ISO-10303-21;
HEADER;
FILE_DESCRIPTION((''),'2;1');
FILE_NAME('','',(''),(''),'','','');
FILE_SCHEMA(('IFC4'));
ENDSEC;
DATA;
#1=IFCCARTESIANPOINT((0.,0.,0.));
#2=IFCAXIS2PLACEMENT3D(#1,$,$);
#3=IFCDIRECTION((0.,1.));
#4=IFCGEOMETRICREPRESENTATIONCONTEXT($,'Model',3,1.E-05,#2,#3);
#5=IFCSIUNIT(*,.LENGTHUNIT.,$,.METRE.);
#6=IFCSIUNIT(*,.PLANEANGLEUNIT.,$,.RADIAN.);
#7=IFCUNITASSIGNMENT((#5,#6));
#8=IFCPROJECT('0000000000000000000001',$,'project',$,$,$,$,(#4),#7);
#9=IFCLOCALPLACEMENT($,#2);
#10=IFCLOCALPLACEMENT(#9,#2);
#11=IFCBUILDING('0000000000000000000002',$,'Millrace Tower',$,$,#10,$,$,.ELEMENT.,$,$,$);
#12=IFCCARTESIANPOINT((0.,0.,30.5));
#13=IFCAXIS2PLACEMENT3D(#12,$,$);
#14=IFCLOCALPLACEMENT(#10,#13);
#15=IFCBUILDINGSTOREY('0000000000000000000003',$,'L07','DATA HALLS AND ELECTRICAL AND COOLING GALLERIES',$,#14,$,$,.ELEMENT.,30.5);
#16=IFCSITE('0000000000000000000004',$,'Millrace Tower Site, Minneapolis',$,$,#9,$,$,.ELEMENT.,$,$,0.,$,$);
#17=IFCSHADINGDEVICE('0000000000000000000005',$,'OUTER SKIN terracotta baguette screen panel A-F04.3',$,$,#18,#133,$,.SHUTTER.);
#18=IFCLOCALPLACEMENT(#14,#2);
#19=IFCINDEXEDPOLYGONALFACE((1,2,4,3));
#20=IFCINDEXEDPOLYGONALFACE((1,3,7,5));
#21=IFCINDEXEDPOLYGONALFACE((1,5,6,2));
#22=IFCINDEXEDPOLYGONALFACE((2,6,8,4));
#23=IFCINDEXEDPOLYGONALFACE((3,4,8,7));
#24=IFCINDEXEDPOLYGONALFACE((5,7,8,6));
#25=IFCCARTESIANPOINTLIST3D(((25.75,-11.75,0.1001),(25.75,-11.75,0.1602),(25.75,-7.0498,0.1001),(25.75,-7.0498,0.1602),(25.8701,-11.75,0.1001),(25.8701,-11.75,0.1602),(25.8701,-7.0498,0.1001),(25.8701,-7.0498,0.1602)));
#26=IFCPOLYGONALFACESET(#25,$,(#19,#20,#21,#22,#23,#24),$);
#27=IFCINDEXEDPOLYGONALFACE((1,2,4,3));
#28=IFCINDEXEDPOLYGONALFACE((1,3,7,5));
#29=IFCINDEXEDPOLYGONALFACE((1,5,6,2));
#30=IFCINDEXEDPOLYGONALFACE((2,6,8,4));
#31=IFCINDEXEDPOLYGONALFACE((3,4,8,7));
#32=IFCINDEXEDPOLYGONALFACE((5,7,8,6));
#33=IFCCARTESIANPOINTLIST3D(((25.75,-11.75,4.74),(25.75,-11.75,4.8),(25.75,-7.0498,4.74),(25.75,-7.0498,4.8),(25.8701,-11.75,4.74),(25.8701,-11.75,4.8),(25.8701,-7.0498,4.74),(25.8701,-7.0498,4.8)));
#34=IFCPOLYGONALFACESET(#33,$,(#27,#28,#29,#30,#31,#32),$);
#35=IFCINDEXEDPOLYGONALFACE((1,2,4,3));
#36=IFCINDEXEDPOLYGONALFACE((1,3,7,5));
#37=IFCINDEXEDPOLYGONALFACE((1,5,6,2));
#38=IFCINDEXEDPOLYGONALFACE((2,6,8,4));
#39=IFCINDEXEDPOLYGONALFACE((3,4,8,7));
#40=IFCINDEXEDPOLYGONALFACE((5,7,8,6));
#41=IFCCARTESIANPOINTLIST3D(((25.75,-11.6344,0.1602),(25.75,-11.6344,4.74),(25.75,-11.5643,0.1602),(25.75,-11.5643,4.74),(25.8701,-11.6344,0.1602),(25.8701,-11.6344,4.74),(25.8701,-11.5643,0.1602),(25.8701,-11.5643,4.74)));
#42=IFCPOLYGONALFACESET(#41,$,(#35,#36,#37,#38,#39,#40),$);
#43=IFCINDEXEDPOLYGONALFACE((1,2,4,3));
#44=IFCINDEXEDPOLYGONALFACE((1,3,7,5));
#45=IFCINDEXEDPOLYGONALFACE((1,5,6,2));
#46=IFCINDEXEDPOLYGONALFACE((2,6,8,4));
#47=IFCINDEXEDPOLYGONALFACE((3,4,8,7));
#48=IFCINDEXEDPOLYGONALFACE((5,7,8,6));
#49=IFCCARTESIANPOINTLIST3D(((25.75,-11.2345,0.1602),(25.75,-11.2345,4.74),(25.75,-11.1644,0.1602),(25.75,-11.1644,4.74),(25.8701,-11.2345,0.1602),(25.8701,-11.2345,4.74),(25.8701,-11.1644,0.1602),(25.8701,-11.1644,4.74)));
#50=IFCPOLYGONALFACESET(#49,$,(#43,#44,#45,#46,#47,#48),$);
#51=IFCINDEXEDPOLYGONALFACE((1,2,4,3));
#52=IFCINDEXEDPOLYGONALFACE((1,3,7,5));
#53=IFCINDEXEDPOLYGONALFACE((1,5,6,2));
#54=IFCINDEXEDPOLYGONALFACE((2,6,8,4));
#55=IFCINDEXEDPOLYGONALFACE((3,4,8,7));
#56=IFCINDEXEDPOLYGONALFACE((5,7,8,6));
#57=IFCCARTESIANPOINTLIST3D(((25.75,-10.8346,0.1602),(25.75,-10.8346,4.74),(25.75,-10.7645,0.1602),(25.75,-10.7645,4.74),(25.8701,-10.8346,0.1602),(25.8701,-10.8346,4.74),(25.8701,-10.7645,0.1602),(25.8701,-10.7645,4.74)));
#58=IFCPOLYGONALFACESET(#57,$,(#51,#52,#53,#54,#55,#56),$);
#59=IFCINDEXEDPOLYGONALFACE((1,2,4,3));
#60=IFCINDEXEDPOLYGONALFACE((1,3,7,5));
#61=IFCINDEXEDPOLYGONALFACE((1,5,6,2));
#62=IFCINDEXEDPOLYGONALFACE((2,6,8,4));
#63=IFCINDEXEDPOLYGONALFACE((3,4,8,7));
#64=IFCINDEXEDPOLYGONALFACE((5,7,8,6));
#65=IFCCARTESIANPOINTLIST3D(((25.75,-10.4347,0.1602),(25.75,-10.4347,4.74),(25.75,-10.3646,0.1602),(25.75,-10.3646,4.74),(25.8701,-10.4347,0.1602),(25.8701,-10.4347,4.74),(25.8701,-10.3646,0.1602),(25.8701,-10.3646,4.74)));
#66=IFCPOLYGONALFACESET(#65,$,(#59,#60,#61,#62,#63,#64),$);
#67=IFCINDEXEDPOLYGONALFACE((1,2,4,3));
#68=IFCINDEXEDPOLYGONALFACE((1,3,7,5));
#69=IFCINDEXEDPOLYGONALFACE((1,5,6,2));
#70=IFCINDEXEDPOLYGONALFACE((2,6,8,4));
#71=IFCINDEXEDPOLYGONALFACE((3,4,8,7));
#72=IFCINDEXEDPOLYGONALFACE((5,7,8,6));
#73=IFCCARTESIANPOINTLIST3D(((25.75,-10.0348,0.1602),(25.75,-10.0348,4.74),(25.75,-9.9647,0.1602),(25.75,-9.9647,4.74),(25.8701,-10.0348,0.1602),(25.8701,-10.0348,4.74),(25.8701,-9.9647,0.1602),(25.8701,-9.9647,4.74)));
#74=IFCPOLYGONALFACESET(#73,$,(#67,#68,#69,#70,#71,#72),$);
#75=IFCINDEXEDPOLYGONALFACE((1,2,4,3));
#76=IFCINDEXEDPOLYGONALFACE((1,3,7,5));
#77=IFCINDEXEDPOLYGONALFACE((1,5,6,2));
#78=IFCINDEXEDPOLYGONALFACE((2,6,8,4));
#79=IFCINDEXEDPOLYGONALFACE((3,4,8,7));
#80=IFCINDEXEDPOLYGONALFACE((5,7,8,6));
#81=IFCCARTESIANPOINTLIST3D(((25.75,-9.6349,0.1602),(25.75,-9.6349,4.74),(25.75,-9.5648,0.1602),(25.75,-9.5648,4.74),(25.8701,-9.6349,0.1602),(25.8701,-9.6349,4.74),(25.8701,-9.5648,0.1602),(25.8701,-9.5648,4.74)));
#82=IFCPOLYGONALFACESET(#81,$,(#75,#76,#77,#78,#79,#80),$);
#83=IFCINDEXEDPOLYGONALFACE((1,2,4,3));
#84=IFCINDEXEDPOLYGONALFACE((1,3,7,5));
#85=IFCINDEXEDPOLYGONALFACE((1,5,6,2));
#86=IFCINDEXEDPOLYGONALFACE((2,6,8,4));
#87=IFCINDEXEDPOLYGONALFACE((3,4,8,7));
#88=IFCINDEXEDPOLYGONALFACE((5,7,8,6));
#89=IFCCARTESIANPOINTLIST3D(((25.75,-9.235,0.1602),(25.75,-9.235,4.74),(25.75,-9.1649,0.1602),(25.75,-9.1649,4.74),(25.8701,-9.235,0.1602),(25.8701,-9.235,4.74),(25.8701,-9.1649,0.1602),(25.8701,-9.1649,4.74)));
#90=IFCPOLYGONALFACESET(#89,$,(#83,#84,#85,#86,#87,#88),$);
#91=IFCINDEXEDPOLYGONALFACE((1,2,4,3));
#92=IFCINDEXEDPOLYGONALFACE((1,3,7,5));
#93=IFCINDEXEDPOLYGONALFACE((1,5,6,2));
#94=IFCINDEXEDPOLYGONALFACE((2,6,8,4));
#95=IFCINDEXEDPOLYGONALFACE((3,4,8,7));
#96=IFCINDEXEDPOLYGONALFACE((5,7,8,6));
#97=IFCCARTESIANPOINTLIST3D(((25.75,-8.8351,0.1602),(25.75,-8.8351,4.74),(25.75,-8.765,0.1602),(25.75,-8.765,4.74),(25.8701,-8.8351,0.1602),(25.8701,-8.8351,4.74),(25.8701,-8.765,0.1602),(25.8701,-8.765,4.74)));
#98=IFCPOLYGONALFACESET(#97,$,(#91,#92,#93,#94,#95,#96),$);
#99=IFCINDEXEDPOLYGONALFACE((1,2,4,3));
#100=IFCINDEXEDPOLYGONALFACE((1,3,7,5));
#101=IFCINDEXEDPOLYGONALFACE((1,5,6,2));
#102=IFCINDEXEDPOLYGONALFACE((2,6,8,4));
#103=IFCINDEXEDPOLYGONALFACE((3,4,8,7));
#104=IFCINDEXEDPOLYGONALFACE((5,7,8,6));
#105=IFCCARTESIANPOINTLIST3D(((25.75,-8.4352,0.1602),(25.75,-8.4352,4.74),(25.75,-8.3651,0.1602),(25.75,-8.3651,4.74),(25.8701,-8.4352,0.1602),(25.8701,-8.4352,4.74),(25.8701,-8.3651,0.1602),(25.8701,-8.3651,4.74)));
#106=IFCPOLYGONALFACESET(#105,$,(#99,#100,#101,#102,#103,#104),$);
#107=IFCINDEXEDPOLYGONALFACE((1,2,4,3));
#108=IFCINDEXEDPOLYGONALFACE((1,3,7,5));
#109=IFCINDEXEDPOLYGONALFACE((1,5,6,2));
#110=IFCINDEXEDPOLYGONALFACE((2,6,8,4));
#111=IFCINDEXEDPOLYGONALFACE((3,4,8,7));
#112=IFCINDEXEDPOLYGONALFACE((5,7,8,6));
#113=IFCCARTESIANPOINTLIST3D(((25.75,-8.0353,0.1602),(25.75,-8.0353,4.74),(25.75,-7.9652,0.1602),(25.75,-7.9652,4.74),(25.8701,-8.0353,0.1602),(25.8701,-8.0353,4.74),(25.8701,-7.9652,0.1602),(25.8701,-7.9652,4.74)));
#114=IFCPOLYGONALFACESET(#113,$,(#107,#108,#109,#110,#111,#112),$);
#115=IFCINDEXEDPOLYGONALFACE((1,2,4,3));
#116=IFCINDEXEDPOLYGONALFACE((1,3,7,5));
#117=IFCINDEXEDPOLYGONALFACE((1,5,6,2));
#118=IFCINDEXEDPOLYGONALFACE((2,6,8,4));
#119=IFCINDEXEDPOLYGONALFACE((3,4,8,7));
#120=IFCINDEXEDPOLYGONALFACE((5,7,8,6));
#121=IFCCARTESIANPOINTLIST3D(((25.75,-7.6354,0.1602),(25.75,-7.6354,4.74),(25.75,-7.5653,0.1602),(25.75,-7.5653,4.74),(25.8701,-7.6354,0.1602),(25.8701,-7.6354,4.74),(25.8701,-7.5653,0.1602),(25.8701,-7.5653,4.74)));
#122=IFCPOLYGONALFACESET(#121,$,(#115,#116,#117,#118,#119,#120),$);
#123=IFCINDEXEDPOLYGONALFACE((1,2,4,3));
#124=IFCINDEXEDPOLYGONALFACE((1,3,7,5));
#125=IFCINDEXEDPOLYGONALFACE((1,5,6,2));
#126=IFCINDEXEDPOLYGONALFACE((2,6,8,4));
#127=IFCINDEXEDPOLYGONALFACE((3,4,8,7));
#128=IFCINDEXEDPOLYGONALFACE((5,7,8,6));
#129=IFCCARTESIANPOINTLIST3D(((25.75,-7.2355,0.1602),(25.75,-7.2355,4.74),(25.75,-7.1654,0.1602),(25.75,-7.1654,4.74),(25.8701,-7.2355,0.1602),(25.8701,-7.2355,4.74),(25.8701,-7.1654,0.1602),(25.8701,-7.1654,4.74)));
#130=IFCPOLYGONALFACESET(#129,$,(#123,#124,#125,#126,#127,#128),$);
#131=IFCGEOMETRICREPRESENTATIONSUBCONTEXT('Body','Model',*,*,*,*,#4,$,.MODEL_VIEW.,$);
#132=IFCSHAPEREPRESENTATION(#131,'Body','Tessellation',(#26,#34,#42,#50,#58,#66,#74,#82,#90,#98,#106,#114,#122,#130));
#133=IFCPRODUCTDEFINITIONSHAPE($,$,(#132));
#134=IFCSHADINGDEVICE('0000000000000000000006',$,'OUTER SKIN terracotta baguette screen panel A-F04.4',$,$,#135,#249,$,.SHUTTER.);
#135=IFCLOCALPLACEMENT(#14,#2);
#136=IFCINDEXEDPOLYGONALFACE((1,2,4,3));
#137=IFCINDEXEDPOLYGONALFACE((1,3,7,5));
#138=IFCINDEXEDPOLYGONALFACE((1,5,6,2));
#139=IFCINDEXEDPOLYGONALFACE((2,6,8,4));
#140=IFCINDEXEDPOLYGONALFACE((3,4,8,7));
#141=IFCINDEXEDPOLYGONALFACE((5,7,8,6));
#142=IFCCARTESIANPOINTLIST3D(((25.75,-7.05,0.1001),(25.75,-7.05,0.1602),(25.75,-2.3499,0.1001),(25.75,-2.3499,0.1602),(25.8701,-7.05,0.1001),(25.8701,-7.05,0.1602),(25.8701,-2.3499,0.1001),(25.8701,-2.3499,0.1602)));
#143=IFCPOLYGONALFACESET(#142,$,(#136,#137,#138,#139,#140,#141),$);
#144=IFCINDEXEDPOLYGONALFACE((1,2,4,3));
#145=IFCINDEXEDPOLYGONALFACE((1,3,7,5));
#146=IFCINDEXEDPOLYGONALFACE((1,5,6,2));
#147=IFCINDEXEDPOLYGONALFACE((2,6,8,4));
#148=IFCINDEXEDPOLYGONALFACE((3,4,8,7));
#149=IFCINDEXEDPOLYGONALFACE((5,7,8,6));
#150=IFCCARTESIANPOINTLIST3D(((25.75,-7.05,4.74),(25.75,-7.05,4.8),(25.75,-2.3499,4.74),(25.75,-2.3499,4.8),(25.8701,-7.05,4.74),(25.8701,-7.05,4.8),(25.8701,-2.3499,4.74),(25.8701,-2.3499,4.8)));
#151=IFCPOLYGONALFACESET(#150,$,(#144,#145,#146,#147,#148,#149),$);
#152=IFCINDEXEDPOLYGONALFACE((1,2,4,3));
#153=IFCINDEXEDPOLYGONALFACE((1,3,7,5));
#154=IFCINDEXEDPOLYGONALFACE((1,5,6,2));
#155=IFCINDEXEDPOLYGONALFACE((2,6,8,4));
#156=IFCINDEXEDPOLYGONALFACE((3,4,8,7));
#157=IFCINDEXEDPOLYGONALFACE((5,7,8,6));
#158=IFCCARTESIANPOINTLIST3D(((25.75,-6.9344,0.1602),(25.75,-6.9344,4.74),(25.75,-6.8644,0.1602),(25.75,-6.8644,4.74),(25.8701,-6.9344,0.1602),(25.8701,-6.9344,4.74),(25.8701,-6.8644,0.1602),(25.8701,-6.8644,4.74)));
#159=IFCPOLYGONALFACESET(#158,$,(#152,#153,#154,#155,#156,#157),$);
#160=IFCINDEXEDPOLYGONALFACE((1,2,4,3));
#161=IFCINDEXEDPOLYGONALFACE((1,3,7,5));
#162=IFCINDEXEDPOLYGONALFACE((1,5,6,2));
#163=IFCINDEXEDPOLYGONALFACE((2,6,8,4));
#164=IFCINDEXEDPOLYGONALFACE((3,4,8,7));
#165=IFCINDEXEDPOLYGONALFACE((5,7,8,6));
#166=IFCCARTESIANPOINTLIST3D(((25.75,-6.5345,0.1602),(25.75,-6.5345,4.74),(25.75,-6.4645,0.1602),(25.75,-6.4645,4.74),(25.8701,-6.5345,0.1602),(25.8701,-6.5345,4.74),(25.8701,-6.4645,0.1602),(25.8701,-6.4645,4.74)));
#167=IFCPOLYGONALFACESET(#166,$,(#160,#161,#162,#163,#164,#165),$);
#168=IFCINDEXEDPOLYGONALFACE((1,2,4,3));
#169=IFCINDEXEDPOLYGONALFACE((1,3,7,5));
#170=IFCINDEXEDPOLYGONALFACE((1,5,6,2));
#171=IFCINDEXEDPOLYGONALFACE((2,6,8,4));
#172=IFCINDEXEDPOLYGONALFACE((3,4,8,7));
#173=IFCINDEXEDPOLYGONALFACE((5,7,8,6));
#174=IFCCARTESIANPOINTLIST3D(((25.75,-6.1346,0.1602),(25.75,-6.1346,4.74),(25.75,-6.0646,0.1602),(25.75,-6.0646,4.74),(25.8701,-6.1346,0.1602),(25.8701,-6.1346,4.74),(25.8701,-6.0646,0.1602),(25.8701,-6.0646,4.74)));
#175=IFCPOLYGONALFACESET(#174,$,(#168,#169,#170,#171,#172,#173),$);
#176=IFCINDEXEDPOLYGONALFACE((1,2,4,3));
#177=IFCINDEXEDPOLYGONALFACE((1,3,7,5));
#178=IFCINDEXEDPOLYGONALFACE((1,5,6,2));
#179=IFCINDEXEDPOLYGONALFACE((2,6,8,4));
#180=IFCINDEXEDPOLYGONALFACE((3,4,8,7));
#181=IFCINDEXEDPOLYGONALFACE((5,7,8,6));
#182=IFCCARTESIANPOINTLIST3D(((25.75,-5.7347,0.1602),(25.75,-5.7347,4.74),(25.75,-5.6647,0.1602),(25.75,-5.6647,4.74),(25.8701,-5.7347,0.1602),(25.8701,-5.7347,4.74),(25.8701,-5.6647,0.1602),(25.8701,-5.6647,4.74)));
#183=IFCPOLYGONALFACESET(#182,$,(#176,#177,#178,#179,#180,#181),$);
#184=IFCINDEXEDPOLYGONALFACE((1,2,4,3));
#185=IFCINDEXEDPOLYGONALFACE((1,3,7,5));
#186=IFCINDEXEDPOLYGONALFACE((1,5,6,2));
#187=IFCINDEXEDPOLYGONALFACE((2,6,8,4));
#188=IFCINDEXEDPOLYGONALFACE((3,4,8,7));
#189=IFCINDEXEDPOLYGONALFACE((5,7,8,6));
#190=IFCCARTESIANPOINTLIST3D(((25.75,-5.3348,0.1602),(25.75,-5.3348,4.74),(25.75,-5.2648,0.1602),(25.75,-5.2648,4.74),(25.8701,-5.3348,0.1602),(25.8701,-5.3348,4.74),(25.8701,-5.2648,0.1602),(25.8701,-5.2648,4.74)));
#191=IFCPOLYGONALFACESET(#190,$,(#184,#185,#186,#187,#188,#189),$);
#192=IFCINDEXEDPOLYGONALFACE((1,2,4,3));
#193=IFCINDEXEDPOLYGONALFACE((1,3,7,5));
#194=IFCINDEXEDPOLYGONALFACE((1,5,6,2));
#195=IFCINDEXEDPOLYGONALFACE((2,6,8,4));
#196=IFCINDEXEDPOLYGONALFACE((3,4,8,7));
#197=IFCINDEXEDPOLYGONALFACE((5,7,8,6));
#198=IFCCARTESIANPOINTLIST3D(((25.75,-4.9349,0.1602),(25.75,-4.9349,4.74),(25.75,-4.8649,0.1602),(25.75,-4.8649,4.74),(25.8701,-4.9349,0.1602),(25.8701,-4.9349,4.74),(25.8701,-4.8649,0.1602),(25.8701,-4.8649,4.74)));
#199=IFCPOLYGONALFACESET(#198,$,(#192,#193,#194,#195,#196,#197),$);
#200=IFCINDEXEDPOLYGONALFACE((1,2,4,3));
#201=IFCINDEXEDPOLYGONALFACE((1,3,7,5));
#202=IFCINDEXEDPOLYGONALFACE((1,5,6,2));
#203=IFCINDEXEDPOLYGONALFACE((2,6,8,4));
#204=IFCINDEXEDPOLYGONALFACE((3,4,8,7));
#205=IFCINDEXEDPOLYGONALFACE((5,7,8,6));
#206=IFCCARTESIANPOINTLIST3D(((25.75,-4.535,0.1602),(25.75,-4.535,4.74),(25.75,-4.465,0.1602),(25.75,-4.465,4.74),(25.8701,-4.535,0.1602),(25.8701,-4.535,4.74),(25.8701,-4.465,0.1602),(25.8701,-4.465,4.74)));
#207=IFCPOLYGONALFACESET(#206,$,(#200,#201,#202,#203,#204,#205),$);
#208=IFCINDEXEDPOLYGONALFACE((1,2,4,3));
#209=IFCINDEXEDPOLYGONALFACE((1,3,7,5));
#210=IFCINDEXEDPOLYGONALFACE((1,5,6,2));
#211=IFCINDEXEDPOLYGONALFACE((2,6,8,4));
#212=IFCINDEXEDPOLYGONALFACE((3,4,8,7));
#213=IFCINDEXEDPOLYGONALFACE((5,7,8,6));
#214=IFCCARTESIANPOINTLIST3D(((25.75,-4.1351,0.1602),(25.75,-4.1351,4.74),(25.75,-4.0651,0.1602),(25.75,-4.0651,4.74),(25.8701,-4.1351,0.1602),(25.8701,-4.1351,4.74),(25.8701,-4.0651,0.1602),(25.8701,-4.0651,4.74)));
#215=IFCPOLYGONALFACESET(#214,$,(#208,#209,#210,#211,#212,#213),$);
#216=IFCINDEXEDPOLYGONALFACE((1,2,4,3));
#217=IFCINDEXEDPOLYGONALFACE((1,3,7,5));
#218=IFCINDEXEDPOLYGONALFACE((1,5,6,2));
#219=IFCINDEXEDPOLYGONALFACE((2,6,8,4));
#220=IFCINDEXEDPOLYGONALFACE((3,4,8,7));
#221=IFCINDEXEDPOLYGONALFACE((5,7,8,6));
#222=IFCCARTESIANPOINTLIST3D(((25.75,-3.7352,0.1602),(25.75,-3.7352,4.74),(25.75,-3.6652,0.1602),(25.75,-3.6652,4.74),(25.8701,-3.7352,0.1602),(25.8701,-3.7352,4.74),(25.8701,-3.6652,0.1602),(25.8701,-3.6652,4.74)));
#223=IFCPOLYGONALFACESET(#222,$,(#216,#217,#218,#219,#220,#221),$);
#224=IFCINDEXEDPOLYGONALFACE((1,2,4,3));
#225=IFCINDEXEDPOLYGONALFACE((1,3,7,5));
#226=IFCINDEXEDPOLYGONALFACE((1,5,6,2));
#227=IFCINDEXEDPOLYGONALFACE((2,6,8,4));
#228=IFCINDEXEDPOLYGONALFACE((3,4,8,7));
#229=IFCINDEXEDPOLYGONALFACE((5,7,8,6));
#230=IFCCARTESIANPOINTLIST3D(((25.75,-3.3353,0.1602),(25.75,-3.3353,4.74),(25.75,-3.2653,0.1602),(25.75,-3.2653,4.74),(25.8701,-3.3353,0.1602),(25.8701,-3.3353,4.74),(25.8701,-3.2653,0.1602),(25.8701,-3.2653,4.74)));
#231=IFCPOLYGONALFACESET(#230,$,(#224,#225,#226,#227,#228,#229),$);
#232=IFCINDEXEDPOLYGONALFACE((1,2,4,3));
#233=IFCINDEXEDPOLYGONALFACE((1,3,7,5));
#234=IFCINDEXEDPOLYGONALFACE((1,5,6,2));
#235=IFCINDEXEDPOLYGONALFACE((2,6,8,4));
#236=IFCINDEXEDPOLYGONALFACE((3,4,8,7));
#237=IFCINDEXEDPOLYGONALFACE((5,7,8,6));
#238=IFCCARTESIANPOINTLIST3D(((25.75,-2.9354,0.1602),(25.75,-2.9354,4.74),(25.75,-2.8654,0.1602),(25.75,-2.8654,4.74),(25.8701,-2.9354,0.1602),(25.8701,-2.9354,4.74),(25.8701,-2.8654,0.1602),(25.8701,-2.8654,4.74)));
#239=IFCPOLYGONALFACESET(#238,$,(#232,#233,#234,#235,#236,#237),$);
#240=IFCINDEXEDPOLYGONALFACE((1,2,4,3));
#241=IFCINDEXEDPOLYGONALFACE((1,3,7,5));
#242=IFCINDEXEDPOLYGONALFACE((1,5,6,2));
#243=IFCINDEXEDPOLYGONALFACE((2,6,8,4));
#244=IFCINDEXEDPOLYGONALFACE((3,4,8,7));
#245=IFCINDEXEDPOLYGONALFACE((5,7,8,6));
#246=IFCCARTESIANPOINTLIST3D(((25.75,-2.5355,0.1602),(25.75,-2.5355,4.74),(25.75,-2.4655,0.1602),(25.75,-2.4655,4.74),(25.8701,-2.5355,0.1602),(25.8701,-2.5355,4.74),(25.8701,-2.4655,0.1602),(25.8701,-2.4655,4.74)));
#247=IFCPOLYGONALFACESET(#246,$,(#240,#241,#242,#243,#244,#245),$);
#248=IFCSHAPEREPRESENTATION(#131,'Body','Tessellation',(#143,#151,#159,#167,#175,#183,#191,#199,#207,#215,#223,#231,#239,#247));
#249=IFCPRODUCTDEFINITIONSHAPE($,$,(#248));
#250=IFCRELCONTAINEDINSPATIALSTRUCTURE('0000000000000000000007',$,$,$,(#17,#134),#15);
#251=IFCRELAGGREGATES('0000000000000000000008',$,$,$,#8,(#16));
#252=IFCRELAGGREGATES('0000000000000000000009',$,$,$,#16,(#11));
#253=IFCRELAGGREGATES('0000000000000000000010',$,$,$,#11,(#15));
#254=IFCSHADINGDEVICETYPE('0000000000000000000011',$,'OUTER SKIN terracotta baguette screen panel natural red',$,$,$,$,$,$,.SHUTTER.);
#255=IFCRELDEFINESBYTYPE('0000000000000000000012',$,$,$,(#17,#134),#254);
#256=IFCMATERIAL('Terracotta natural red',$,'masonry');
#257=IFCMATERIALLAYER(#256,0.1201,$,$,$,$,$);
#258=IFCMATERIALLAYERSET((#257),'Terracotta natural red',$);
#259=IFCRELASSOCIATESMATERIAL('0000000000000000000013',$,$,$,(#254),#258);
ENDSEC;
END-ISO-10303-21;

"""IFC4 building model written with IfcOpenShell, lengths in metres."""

from ifc_helpers import new_model, entity, si_unit, direction, frame, frame_2d, origin, place, context, subcontext, project, spatial, rectangle, extrude, source, transform, mapped, material, layer, layer_set, type_object, element, save


model = new_model("IFC4")

# Units and contexts
model_context = context("Model", 3, precision=1e-05, world=origin(), true_north=direction((0.0, 1.0)))
body_context = subcontext(model_context, "Body", "Model", "MODEL_VIEW")
ifc_project = project(units=[si_unit("LENGTHUNIT", "METRE"), si_unit("PLANEANGLEUNIT", "RADIAN")], contexts=[model_context])

# Site, building, storey
site_placement = place(None, origin())
site = spatial("IfcSite", under=ifc_project, at=site_placement, Name="Millrace Tower Site, Minneapolis", CompositionType="ELEMENT", RefElevation=0.0)
building_placement = place(site_placement, origin())
building = spatial("IfcBuilding", under=site, at=building_placement, Name="Millrace Tower", CompositionType="ELEMENT")
storey_placement = place(building_placement, frame((0.0, 0.0, 30.5)))
storey = spatial("IfcBuildingStorey", under=building, at=storey_placement, Name="L07", Description="DATA HALLS AND ELECTRICAL AND COOLING GALLERIES", CompositionType="ELEMENT", Elevation=30.5)

# Shading devices
cartesian_point = entity("IfcCartesianPoint", [-2.3501, 0.0601])
shared_polyline = entity("IfcPolyline", [cartesian_point, entity("IfcCartesianPoint", [2.3501, 0.0601]), entity("IfcCartesianPoint", [2.3501, -0.0601]), entity("IfcCartesianPoint", [-2.3501, -0.0601]), cartesian_point])
ifc_material_1 = material(Name="Terracotta natural red", Category="masonry")
ifc_layer_1 = layer(ifc_material_1, 0.1201)
ifc_layer_set_1 = layer_set([ifc_layer_1], Name="Terracotta natural red")
shading_device_type_1 = type_object("IfcShadingDeviceType", Name="OUTER SKIN terracotta baguette screen panel natural red", PredefinedType="SHUTTER", material=ifc_layer_set_1)
shared_shape_1 = source(origin(), body_context, "Body", "SweptSolid", [
    entity("IfcExtrudedAreaSolid", entity("IfcArbitraryClosedProfileDef", "AREA", None, shared_polyline), entity("IfcAxis2Placement3D", entity("IfcCartesianPoint", [0.0, 0.0, 0.0])), entity("IfcDirection", [0.0, 0.0, 1.0]), 0.0601),
    entity("IfcExtrudedAreaSolid", entity("IfcArbitraryClosedProfileDef", "AREA", None, shared_polyline), entity("IfcAxis2Placement3D", entity("IfcCartesianPoint", [0.0, 0.0, 4.6399])), entity("IfcDirection", [0.0, 0.0, 1.0]), 0.0601),
    extrude(rectangle(XDim=0.0701, YDim=0.1201, at=frame_2d((-2.1995, 0.0))), frame((0.0, 0.0, 0.0601)), (0.0, 0.0, 1.0), 4.5798),
    extrude(rectangle(XDim=0.0701, YDim=0.1201, at=frame_2d((-1.7996, 0.0))), frame((0.0, 0.0, 0.0601)), (0.0, 0.0, 1.0), 4.5798),
    extrude(rectangle(XDim=0.0701, YDim=0.1201, at=frame_2d((-1.3997, 0.0))), frame((0.0, 0.0, 0.0601)), (0.0, 0.0, 1.0), 4.5798),
    extrude(rectangle(XDim=0.0701, YDim=0.1201, at=frame_2d((-0.9998, 0.0))), frame((0.0, 0.0, 0.0601)), (0.0, 0.0, 1.0), 4.5798),
    extrude(rectangle(XDim=0.0701, YDim=0.1201, at=frame_2d((-0.5999, 0.0))), frame((0.0, 0.0, 0.0601)), (0.0, 0.0, 1.0), 4.5798),
    extrude(rectangle(XDim=0.0701, YDim=0.1201, at=frame_2d((-0.2, 0.0))), frame((0.0, 0.0, 0.0601)), (0.0, 0.0, 1.0), 4.5798),
    extrude(rectangle(XDim=0.0701, YDim=0.1201, at=frame_2d((0.2, 0.0))), frame((0.0, 0.0, 0.0601)), (0.0, 0.0, 1.0), 4.5798),
    extrude(rectangle(XDim=0.0701, YDim=0.1201, at=frame_2d((0.5999, 0.0))), frame((0.0, 0.0, 0.0601)), (0.0, 0.0, 1.0), 4.5798),
    extrude(rectangle(XDim=0.0701, YDim=0.1201, at=frame_2d((0.9998, 0.0))), frame((0.0, 0.0, 0.0601)), (0.0, 0.0, 1.0), 4.5798),
    extrude(rectangle(XDim=0.0701, YDim=0.1201, at=frame_2d((1.3997, 0.0))), frame((0.0, 0.0, 0.0601)), (0.0, 0.0, 1.0), 4.5798),
    extrude(rectangle(XDim=0.0701, YDim=0.1201, at=frame_2d((1.7996, 0.0))), frame((0.0, 0.0, 0.0601)), (0.0, 0.0, 1.0), 4.5798),
    extrude(rectangle(XDim=0.0701, YDim=0.1201, at=frame_2d((2.1995, 0.0))), frame((0.0, 0.0, 0.0601)), (0.0, 0.0, 1.0), 4.5798),
])
for number, where, z_axis, x_axis, name in (
    (1, (25.8101, -9.3999, 0.1001), (0.0, 0.0, 1.0), (0.0, 1.0, 0.0), "OUTER SKIN terracotta baguette screen panel A-F04.3"),
    (2, (25.8101, -4.7, 0.1001), (0.0, 0.0, 1.0), (0.0, 1.0, 0.0), "OUTER SKIN terracotta baguette screen panel A-F04.4"),
):
    element("IfcShadingDevice", number, at=place(storey_placement, frame(where, z_axis=z_axis, x_axis=x_axis)), inside=storey, type_object=shading_device_type_1, Name=name, PredefinedType="SHUTTER", context=body_context, shape_type="MappedRepresentation", body=[
        mapped(shared_shape_1, transform((0.0, 0.0, 0.0), scale=1.0)),
    ])

save(model, "model.ifc")
